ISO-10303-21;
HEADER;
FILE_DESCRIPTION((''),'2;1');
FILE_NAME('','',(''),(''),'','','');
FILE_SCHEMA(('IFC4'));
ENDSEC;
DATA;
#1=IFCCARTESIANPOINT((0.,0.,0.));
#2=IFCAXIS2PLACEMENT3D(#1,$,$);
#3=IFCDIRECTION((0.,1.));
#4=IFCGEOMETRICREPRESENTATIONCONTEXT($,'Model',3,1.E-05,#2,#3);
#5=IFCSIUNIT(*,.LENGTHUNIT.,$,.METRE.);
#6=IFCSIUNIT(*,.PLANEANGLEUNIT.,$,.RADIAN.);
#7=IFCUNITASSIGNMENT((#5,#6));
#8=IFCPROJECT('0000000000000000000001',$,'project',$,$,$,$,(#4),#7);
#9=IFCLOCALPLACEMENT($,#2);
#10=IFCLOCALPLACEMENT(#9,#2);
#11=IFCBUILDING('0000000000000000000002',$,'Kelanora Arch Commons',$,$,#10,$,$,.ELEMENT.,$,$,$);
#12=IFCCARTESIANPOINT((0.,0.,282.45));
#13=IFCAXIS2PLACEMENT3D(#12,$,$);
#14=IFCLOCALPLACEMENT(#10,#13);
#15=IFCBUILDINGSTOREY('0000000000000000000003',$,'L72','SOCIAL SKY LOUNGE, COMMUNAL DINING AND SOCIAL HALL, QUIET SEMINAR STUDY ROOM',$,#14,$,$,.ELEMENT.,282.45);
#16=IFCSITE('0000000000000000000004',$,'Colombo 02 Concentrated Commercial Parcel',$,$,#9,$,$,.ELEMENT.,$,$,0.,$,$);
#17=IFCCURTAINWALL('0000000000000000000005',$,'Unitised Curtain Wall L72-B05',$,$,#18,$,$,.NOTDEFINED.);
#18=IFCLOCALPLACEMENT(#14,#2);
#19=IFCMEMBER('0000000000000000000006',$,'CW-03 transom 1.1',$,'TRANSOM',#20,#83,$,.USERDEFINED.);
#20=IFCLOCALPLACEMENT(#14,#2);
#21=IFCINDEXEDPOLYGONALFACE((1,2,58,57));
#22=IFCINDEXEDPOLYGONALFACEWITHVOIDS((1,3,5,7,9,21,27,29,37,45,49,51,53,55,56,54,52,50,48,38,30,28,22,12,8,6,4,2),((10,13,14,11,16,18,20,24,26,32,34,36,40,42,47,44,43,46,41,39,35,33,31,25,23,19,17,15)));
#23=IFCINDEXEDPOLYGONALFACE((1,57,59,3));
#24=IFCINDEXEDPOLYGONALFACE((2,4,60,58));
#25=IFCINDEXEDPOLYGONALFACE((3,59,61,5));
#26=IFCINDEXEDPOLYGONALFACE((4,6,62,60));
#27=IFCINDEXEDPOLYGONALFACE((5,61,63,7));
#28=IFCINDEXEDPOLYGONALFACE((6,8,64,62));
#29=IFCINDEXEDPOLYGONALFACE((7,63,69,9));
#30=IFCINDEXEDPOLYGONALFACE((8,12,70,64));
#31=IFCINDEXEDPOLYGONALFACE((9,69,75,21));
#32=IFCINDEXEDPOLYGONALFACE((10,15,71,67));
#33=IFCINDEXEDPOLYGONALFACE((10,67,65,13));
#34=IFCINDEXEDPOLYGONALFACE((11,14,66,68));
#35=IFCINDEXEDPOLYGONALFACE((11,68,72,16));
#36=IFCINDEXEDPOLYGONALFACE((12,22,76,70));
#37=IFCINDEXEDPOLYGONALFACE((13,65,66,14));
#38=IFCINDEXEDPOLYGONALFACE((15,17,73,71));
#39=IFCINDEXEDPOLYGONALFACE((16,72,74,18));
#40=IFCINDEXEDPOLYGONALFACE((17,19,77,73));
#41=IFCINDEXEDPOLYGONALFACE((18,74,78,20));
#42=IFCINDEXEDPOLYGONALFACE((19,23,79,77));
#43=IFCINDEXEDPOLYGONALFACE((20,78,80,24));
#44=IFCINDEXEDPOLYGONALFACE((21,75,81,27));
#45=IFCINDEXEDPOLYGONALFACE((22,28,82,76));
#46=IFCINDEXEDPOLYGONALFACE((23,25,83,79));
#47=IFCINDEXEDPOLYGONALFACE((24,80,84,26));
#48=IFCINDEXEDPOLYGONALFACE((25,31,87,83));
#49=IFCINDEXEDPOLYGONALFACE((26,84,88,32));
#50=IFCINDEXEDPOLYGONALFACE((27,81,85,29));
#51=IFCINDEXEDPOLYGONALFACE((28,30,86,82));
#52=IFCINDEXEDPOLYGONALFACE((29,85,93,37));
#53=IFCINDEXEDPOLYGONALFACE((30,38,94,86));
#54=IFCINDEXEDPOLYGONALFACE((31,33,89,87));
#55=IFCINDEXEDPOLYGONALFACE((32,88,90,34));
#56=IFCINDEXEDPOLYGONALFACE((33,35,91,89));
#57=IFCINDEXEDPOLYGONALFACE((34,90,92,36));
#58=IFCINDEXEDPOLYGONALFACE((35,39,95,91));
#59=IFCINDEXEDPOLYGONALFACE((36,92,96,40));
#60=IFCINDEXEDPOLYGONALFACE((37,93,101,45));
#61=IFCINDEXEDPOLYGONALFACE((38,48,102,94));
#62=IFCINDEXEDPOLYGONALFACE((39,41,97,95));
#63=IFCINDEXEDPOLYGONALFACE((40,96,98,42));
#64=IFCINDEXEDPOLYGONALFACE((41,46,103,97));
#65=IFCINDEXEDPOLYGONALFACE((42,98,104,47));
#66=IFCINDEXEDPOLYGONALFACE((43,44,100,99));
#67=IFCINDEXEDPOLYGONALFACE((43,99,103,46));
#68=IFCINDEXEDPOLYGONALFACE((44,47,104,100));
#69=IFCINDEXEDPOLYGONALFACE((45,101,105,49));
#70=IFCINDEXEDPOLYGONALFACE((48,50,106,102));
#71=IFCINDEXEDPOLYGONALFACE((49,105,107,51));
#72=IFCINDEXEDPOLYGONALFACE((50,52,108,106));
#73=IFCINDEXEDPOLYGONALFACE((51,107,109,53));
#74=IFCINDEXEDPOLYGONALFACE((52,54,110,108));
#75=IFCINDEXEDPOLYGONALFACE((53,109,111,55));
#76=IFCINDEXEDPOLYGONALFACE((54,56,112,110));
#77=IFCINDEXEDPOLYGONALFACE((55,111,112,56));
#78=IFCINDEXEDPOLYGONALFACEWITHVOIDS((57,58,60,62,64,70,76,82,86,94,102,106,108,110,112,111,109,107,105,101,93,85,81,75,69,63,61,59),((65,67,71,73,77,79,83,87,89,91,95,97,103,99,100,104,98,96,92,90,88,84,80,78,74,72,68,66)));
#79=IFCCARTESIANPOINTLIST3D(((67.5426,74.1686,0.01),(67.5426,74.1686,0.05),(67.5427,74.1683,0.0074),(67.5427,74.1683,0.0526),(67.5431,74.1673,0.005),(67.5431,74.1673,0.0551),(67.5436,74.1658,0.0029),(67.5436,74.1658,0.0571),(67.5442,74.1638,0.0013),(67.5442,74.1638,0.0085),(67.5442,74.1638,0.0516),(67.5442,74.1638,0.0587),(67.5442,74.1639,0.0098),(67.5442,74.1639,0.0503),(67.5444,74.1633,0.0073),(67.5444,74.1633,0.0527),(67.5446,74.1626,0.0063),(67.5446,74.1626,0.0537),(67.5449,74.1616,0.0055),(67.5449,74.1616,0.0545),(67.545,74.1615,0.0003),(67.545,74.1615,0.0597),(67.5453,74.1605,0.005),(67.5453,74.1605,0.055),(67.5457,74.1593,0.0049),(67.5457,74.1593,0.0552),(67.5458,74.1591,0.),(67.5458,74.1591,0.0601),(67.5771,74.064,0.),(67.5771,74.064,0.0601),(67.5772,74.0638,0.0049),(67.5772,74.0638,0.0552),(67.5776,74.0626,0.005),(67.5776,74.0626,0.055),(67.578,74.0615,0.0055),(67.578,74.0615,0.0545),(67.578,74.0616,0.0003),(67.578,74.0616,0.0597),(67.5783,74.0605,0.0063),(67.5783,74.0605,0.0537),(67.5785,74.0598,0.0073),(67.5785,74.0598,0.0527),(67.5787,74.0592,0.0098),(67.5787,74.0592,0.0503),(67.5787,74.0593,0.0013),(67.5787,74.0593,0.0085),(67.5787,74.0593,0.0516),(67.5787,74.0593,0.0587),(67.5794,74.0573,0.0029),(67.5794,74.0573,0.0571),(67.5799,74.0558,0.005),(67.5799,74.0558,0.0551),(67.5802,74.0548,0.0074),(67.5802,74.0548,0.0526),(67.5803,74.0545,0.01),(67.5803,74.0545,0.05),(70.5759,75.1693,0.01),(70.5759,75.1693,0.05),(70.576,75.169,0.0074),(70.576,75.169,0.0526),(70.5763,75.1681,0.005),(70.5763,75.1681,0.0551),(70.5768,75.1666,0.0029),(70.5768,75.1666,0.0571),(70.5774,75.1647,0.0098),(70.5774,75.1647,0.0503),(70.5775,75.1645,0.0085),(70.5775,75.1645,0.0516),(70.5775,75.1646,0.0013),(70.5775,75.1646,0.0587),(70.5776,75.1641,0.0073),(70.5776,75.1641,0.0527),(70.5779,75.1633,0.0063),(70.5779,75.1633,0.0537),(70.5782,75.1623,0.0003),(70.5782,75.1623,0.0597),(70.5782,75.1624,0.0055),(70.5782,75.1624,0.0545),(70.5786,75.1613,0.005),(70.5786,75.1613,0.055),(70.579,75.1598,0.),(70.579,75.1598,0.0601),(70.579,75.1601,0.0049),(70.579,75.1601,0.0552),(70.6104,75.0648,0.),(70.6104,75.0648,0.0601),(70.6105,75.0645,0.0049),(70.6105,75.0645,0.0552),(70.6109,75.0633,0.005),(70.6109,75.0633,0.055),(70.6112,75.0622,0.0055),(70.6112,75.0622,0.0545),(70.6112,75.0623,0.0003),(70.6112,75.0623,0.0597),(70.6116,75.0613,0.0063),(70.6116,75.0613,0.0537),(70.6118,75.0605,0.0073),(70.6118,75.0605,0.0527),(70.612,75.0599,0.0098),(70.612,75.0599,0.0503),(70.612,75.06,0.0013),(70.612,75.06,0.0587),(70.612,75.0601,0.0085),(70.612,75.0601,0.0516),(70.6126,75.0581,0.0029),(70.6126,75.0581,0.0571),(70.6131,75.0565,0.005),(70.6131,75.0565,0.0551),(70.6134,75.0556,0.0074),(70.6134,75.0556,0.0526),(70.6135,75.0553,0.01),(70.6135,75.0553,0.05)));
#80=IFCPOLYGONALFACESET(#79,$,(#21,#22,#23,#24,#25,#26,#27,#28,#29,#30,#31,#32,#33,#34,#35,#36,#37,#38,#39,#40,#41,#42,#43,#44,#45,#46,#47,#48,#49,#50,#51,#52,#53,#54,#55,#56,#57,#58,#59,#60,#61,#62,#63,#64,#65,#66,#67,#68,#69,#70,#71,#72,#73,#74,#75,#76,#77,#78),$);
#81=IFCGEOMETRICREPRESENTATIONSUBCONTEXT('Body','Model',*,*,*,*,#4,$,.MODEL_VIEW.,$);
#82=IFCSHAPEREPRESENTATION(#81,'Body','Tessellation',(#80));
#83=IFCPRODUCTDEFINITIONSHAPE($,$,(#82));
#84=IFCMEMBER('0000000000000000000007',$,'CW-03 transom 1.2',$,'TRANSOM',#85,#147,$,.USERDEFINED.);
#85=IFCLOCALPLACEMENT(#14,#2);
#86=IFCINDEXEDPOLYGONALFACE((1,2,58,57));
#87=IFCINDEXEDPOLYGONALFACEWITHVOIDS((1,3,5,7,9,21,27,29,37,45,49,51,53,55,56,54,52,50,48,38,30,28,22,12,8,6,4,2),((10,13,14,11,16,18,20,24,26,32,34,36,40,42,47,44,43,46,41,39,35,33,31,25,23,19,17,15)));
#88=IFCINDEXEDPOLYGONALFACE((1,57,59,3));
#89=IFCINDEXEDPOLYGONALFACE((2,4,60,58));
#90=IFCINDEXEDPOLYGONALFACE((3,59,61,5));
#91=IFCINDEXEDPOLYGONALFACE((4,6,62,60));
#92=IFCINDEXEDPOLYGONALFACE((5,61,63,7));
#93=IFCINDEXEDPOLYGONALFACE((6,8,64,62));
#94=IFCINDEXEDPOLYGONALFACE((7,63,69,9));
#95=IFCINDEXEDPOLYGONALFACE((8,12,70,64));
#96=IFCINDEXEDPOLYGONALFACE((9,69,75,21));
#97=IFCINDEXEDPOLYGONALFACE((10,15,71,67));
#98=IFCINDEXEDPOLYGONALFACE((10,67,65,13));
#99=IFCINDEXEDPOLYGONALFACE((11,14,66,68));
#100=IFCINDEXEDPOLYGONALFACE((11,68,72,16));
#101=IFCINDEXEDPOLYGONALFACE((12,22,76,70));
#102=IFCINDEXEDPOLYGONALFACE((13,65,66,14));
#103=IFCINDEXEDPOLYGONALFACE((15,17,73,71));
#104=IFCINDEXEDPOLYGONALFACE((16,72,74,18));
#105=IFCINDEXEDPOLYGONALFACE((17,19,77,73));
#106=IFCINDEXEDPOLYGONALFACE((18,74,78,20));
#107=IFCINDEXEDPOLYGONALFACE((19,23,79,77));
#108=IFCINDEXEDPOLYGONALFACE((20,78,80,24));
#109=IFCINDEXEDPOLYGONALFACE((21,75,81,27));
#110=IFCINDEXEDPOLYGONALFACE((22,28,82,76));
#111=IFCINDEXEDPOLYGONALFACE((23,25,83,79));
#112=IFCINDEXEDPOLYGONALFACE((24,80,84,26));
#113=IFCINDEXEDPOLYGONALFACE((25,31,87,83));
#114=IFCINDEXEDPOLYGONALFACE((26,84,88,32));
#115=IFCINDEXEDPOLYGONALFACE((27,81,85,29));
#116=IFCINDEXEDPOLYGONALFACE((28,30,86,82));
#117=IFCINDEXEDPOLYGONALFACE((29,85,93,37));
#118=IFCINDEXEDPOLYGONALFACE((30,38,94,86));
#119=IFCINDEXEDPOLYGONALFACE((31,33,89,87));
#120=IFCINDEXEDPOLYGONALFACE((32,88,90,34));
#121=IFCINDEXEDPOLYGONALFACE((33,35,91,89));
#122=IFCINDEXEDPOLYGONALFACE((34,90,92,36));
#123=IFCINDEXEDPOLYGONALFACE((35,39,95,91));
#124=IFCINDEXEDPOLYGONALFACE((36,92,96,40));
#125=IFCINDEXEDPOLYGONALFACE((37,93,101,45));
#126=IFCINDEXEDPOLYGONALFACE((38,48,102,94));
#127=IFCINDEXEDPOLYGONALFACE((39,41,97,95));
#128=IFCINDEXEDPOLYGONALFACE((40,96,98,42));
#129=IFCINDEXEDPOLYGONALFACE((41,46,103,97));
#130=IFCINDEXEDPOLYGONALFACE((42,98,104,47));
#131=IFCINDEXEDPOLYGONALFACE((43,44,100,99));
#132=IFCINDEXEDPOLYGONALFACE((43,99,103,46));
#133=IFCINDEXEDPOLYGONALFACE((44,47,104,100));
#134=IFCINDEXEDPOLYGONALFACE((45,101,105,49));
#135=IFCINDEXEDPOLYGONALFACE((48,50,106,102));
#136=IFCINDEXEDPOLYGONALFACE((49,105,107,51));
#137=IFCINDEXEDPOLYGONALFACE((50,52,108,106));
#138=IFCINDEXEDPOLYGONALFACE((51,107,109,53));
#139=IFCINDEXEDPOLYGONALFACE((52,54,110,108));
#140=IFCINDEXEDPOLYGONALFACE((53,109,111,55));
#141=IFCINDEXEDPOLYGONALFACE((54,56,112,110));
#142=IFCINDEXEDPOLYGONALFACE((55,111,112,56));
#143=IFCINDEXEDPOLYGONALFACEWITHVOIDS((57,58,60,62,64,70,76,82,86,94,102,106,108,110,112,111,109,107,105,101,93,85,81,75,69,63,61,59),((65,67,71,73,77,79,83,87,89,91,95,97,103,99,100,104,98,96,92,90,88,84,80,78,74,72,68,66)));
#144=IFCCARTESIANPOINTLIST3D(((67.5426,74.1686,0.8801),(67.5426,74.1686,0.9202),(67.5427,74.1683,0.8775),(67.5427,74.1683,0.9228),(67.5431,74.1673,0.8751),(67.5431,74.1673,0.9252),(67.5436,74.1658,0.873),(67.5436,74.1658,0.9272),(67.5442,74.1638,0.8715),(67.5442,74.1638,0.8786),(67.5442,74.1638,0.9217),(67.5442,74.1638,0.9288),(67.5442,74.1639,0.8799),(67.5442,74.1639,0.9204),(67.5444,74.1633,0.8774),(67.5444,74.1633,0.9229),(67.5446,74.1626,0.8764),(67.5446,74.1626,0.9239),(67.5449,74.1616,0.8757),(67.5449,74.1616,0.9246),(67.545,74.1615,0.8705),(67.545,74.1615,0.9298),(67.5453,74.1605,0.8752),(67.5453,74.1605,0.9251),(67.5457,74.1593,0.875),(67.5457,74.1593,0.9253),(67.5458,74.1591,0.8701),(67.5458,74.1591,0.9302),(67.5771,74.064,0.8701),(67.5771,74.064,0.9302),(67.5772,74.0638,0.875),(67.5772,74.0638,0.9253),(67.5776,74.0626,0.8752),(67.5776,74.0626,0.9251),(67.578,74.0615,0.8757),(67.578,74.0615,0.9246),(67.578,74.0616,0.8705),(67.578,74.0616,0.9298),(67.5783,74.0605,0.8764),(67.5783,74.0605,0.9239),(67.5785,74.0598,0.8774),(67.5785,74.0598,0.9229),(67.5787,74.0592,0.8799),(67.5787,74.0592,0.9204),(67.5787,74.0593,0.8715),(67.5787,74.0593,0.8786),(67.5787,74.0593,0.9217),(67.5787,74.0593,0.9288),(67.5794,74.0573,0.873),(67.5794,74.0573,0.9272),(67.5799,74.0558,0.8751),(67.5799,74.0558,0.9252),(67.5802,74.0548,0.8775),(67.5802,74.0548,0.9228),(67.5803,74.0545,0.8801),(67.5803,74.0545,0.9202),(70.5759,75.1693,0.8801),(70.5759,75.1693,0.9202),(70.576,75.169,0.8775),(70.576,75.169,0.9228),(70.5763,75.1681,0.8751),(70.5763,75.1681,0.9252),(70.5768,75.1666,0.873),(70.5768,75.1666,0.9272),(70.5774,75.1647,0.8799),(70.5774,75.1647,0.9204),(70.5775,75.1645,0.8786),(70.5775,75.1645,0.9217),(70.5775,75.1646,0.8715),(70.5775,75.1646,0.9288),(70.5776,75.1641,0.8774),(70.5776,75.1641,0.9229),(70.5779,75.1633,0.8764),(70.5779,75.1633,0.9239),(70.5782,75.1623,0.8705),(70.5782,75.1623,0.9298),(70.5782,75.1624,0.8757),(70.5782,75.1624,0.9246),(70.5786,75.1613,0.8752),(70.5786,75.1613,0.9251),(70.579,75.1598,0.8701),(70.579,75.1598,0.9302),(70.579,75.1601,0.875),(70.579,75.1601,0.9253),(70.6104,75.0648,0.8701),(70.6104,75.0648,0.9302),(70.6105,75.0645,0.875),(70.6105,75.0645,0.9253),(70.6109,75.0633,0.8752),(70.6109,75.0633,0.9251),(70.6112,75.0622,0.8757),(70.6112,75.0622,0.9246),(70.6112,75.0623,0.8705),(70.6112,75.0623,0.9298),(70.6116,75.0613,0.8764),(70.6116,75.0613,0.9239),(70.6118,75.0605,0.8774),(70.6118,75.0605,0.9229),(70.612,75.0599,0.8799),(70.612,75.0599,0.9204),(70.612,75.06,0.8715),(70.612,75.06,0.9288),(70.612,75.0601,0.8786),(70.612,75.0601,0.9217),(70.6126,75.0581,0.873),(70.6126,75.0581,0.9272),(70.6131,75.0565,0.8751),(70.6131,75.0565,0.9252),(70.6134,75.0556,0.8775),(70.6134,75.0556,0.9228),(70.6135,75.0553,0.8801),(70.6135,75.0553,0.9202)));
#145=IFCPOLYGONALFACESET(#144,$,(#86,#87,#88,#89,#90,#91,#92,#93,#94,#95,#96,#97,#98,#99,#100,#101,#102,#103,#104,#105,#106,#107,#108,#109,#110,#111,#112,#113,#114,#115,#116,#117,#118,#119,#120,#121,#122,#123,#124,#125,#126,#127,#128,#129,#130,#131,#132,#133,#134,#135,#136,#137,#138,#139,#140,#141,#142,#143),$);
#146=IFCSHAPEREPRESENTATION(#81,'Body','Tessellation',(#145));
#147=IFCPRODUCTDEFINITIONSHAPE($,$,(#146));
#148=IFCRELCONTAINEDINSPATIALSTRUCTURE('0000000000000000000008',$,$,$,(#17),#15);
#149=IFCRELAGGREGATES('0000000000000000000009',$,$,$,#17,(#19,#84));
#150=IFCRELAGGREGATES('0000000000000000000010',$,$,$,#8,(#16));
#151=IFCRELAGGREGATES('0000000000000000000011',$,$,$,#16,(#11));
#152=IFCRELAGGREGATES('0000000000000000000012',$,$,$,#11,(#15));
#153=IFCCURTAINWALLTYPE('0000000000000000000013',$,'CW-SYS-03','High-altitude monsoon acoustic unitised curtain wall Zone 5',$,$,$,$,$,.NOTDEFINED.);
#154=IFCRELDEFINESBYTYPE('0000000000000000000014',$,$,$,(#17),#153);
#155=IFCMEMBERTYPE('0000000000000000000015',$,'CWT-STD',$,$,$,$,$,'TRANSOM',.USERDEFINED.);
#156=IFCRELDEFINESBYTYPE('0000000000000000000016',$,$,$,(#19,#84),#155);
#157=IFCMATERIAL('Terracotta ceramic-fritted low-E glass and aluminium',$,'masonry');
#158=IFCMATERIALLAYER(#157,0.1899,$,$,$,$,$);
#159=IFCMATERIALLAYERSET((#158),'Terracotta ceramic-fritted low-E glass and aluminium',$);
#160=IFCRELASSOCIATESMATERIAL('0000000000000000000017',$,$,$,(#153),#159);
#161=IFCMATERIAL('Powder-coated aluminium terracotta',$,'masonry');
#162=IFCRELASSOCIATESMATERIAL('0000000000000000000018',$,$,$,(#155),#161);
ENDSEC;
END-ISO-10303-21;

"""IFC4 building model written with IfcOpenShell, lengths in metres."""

from ifc_helpers import new_model, si_unit, direction, frame, origin, origin_2d, place, context, subcontext, project, spatial, hollow_rectangle, extrude, material, layer, layer_set, material_profile, profile_set, type_object, element, aggregate, save


model = new_model("IFC4")

# Units and contexts
model_context = context("Model", 3, precision=1e-05, world=origin(), true_north=direction((0.0, 1.0)))
body_context = subcontext(model_context, "Body", "Model", "MODEL_VIEW")
ifc_project = project(units=[si_unit("LENGTHUNIT", "METRE"), si_unit("PLANEANGLEUNIT", "RADIAN")], contexts=[model_context])

# Site, building, storey
site_placement = place(None, origin())
site = spatial("IfcSite", under=ifc_project, at=site_placement, Name="Colombo 02 Concentrated Commercial Parcel", CompositionType="ELEMENT", RefElevation=0.0)
building_placement = place(site_placement, origin())
building = spatial("IfcBuilding", under=site, at=building_placement, Name="Kelanora Arch Commons", CompositionType="ELEMENT")
storey_placement = place(building_placement, frame((0.0, 0.0, 282.45)))
storey = spatial("IfcBuildingStorey", under=building, at=storey_placement, Name="L72", Description="SOCIAL SKY LOUNGE, COMMUNAL DINING AND SOCIAL HALL, QUIET SEMINAR STUDY ROOM", CompositionType="ELEMENT", Elevation=282.45)

# Curtain wall, members
ifc_material_1 = material(Name="Terracotta ceramic-fritted low-E glass and aluminium", Category="masonry")
ifc_layer_1 = layer(ifc_material_1, 0.1899)
ifc_layer_set_1 = layer_set([ifc_layer_1], Name="Terracotta ceramic-fritted low-E glass and aluminium")
curtain_wall_type = type_object("IfcCurtainWallType", Name="CW-SYS-03", Description="High-altitude monsoon acoustic unitised curtain wall Zone 5", PredefinedType="NOTDEFINED", material=ifc_layer_set_1)
curtain_wall_placement = place(storey_placement, origin())
curtain_wall = element("IfcCurtainWall", 1, at=curtain_wall_placement, inside=storey, type_object=curtain_wall_type, Name="Unitised Curtain Wall L72-B05", PredefinedType="NOTDEFINED")
ifc_material_2 = material(Name="Powder-coated aluminium terracotta", Category="masonry")
ifc_material_profile_1 = material_profile(ifc_material_2, hollow_rectangle(XDim=0.1201, YDim=0.0601, WallThickness=0.0049, InnerFilletRadius=0.0049, OuterFilletRadius=0.01, at=origin_2d()), Name="CWT120x60")
ifc_profile_set_1 = profile_set([ifc_material_profile_1], Name="Powder-coated aluminium terracotta")
member_type_1 = type_object("IfcMemberType", Name="CWT-STD", ElementType="TRANSOM", PredefinedType="USERDEFINED", material=ifc_profile_set_1)
member_1_placement = place(storey_placement, frame((70.5947, 75.1123, 0.03), z_axis=(-0.94965, -0.313314, 0.0), x_axis=(0.313314, -0.94965, 0.0)))
member_1 = element("IfcMember", 2, at=member_1_placement, type_object=member_type_1, Name="CW-03 transom 1.1", ObjectType="TRANSOM", PredefinedType="USERDEFINED", context=body_context, shape_type="SweptSolid", body=[
    extrude(hollow_rectangle(XDim=0.1201, YDim=0.0601, WallThickness=0.0049, InnerFilletRadius=0.0049, OuterFilletRadius=0.01, at=origin_2d()), origin(), (0.0, 0.0, 1.0), 3.1941),
])
member_2_placement = place(storey_placement, frame((70.5947, 75.1123, 0.9001), z_axis=(-0.94965, -0.313314, 0.0), x_axis=(0.313314, -0.94965, 0.0)))
member_2 = element("IfcMember", 3, at=member_2_placement, type_object=member_type_1, Name="CW-03 transom 1.2", ObjectType="TRANSOM", PredefinedType="USERDEFINED", context=body_context, shape_type="SweptSolid", body=[
    extrude(hollow_rectangle(XDim=0.1201, YDim=0.0601, WallThickness=0.0049, InnerFilletRadius=0.0049, OuterFilletRadius=0.01, at=origin_2d()), origin(), (0.0, 0.0, 1.0), 3.1941),
])
aggregate(curtain_wall, [member_1, member_2])

save(model, "model.ifc")
